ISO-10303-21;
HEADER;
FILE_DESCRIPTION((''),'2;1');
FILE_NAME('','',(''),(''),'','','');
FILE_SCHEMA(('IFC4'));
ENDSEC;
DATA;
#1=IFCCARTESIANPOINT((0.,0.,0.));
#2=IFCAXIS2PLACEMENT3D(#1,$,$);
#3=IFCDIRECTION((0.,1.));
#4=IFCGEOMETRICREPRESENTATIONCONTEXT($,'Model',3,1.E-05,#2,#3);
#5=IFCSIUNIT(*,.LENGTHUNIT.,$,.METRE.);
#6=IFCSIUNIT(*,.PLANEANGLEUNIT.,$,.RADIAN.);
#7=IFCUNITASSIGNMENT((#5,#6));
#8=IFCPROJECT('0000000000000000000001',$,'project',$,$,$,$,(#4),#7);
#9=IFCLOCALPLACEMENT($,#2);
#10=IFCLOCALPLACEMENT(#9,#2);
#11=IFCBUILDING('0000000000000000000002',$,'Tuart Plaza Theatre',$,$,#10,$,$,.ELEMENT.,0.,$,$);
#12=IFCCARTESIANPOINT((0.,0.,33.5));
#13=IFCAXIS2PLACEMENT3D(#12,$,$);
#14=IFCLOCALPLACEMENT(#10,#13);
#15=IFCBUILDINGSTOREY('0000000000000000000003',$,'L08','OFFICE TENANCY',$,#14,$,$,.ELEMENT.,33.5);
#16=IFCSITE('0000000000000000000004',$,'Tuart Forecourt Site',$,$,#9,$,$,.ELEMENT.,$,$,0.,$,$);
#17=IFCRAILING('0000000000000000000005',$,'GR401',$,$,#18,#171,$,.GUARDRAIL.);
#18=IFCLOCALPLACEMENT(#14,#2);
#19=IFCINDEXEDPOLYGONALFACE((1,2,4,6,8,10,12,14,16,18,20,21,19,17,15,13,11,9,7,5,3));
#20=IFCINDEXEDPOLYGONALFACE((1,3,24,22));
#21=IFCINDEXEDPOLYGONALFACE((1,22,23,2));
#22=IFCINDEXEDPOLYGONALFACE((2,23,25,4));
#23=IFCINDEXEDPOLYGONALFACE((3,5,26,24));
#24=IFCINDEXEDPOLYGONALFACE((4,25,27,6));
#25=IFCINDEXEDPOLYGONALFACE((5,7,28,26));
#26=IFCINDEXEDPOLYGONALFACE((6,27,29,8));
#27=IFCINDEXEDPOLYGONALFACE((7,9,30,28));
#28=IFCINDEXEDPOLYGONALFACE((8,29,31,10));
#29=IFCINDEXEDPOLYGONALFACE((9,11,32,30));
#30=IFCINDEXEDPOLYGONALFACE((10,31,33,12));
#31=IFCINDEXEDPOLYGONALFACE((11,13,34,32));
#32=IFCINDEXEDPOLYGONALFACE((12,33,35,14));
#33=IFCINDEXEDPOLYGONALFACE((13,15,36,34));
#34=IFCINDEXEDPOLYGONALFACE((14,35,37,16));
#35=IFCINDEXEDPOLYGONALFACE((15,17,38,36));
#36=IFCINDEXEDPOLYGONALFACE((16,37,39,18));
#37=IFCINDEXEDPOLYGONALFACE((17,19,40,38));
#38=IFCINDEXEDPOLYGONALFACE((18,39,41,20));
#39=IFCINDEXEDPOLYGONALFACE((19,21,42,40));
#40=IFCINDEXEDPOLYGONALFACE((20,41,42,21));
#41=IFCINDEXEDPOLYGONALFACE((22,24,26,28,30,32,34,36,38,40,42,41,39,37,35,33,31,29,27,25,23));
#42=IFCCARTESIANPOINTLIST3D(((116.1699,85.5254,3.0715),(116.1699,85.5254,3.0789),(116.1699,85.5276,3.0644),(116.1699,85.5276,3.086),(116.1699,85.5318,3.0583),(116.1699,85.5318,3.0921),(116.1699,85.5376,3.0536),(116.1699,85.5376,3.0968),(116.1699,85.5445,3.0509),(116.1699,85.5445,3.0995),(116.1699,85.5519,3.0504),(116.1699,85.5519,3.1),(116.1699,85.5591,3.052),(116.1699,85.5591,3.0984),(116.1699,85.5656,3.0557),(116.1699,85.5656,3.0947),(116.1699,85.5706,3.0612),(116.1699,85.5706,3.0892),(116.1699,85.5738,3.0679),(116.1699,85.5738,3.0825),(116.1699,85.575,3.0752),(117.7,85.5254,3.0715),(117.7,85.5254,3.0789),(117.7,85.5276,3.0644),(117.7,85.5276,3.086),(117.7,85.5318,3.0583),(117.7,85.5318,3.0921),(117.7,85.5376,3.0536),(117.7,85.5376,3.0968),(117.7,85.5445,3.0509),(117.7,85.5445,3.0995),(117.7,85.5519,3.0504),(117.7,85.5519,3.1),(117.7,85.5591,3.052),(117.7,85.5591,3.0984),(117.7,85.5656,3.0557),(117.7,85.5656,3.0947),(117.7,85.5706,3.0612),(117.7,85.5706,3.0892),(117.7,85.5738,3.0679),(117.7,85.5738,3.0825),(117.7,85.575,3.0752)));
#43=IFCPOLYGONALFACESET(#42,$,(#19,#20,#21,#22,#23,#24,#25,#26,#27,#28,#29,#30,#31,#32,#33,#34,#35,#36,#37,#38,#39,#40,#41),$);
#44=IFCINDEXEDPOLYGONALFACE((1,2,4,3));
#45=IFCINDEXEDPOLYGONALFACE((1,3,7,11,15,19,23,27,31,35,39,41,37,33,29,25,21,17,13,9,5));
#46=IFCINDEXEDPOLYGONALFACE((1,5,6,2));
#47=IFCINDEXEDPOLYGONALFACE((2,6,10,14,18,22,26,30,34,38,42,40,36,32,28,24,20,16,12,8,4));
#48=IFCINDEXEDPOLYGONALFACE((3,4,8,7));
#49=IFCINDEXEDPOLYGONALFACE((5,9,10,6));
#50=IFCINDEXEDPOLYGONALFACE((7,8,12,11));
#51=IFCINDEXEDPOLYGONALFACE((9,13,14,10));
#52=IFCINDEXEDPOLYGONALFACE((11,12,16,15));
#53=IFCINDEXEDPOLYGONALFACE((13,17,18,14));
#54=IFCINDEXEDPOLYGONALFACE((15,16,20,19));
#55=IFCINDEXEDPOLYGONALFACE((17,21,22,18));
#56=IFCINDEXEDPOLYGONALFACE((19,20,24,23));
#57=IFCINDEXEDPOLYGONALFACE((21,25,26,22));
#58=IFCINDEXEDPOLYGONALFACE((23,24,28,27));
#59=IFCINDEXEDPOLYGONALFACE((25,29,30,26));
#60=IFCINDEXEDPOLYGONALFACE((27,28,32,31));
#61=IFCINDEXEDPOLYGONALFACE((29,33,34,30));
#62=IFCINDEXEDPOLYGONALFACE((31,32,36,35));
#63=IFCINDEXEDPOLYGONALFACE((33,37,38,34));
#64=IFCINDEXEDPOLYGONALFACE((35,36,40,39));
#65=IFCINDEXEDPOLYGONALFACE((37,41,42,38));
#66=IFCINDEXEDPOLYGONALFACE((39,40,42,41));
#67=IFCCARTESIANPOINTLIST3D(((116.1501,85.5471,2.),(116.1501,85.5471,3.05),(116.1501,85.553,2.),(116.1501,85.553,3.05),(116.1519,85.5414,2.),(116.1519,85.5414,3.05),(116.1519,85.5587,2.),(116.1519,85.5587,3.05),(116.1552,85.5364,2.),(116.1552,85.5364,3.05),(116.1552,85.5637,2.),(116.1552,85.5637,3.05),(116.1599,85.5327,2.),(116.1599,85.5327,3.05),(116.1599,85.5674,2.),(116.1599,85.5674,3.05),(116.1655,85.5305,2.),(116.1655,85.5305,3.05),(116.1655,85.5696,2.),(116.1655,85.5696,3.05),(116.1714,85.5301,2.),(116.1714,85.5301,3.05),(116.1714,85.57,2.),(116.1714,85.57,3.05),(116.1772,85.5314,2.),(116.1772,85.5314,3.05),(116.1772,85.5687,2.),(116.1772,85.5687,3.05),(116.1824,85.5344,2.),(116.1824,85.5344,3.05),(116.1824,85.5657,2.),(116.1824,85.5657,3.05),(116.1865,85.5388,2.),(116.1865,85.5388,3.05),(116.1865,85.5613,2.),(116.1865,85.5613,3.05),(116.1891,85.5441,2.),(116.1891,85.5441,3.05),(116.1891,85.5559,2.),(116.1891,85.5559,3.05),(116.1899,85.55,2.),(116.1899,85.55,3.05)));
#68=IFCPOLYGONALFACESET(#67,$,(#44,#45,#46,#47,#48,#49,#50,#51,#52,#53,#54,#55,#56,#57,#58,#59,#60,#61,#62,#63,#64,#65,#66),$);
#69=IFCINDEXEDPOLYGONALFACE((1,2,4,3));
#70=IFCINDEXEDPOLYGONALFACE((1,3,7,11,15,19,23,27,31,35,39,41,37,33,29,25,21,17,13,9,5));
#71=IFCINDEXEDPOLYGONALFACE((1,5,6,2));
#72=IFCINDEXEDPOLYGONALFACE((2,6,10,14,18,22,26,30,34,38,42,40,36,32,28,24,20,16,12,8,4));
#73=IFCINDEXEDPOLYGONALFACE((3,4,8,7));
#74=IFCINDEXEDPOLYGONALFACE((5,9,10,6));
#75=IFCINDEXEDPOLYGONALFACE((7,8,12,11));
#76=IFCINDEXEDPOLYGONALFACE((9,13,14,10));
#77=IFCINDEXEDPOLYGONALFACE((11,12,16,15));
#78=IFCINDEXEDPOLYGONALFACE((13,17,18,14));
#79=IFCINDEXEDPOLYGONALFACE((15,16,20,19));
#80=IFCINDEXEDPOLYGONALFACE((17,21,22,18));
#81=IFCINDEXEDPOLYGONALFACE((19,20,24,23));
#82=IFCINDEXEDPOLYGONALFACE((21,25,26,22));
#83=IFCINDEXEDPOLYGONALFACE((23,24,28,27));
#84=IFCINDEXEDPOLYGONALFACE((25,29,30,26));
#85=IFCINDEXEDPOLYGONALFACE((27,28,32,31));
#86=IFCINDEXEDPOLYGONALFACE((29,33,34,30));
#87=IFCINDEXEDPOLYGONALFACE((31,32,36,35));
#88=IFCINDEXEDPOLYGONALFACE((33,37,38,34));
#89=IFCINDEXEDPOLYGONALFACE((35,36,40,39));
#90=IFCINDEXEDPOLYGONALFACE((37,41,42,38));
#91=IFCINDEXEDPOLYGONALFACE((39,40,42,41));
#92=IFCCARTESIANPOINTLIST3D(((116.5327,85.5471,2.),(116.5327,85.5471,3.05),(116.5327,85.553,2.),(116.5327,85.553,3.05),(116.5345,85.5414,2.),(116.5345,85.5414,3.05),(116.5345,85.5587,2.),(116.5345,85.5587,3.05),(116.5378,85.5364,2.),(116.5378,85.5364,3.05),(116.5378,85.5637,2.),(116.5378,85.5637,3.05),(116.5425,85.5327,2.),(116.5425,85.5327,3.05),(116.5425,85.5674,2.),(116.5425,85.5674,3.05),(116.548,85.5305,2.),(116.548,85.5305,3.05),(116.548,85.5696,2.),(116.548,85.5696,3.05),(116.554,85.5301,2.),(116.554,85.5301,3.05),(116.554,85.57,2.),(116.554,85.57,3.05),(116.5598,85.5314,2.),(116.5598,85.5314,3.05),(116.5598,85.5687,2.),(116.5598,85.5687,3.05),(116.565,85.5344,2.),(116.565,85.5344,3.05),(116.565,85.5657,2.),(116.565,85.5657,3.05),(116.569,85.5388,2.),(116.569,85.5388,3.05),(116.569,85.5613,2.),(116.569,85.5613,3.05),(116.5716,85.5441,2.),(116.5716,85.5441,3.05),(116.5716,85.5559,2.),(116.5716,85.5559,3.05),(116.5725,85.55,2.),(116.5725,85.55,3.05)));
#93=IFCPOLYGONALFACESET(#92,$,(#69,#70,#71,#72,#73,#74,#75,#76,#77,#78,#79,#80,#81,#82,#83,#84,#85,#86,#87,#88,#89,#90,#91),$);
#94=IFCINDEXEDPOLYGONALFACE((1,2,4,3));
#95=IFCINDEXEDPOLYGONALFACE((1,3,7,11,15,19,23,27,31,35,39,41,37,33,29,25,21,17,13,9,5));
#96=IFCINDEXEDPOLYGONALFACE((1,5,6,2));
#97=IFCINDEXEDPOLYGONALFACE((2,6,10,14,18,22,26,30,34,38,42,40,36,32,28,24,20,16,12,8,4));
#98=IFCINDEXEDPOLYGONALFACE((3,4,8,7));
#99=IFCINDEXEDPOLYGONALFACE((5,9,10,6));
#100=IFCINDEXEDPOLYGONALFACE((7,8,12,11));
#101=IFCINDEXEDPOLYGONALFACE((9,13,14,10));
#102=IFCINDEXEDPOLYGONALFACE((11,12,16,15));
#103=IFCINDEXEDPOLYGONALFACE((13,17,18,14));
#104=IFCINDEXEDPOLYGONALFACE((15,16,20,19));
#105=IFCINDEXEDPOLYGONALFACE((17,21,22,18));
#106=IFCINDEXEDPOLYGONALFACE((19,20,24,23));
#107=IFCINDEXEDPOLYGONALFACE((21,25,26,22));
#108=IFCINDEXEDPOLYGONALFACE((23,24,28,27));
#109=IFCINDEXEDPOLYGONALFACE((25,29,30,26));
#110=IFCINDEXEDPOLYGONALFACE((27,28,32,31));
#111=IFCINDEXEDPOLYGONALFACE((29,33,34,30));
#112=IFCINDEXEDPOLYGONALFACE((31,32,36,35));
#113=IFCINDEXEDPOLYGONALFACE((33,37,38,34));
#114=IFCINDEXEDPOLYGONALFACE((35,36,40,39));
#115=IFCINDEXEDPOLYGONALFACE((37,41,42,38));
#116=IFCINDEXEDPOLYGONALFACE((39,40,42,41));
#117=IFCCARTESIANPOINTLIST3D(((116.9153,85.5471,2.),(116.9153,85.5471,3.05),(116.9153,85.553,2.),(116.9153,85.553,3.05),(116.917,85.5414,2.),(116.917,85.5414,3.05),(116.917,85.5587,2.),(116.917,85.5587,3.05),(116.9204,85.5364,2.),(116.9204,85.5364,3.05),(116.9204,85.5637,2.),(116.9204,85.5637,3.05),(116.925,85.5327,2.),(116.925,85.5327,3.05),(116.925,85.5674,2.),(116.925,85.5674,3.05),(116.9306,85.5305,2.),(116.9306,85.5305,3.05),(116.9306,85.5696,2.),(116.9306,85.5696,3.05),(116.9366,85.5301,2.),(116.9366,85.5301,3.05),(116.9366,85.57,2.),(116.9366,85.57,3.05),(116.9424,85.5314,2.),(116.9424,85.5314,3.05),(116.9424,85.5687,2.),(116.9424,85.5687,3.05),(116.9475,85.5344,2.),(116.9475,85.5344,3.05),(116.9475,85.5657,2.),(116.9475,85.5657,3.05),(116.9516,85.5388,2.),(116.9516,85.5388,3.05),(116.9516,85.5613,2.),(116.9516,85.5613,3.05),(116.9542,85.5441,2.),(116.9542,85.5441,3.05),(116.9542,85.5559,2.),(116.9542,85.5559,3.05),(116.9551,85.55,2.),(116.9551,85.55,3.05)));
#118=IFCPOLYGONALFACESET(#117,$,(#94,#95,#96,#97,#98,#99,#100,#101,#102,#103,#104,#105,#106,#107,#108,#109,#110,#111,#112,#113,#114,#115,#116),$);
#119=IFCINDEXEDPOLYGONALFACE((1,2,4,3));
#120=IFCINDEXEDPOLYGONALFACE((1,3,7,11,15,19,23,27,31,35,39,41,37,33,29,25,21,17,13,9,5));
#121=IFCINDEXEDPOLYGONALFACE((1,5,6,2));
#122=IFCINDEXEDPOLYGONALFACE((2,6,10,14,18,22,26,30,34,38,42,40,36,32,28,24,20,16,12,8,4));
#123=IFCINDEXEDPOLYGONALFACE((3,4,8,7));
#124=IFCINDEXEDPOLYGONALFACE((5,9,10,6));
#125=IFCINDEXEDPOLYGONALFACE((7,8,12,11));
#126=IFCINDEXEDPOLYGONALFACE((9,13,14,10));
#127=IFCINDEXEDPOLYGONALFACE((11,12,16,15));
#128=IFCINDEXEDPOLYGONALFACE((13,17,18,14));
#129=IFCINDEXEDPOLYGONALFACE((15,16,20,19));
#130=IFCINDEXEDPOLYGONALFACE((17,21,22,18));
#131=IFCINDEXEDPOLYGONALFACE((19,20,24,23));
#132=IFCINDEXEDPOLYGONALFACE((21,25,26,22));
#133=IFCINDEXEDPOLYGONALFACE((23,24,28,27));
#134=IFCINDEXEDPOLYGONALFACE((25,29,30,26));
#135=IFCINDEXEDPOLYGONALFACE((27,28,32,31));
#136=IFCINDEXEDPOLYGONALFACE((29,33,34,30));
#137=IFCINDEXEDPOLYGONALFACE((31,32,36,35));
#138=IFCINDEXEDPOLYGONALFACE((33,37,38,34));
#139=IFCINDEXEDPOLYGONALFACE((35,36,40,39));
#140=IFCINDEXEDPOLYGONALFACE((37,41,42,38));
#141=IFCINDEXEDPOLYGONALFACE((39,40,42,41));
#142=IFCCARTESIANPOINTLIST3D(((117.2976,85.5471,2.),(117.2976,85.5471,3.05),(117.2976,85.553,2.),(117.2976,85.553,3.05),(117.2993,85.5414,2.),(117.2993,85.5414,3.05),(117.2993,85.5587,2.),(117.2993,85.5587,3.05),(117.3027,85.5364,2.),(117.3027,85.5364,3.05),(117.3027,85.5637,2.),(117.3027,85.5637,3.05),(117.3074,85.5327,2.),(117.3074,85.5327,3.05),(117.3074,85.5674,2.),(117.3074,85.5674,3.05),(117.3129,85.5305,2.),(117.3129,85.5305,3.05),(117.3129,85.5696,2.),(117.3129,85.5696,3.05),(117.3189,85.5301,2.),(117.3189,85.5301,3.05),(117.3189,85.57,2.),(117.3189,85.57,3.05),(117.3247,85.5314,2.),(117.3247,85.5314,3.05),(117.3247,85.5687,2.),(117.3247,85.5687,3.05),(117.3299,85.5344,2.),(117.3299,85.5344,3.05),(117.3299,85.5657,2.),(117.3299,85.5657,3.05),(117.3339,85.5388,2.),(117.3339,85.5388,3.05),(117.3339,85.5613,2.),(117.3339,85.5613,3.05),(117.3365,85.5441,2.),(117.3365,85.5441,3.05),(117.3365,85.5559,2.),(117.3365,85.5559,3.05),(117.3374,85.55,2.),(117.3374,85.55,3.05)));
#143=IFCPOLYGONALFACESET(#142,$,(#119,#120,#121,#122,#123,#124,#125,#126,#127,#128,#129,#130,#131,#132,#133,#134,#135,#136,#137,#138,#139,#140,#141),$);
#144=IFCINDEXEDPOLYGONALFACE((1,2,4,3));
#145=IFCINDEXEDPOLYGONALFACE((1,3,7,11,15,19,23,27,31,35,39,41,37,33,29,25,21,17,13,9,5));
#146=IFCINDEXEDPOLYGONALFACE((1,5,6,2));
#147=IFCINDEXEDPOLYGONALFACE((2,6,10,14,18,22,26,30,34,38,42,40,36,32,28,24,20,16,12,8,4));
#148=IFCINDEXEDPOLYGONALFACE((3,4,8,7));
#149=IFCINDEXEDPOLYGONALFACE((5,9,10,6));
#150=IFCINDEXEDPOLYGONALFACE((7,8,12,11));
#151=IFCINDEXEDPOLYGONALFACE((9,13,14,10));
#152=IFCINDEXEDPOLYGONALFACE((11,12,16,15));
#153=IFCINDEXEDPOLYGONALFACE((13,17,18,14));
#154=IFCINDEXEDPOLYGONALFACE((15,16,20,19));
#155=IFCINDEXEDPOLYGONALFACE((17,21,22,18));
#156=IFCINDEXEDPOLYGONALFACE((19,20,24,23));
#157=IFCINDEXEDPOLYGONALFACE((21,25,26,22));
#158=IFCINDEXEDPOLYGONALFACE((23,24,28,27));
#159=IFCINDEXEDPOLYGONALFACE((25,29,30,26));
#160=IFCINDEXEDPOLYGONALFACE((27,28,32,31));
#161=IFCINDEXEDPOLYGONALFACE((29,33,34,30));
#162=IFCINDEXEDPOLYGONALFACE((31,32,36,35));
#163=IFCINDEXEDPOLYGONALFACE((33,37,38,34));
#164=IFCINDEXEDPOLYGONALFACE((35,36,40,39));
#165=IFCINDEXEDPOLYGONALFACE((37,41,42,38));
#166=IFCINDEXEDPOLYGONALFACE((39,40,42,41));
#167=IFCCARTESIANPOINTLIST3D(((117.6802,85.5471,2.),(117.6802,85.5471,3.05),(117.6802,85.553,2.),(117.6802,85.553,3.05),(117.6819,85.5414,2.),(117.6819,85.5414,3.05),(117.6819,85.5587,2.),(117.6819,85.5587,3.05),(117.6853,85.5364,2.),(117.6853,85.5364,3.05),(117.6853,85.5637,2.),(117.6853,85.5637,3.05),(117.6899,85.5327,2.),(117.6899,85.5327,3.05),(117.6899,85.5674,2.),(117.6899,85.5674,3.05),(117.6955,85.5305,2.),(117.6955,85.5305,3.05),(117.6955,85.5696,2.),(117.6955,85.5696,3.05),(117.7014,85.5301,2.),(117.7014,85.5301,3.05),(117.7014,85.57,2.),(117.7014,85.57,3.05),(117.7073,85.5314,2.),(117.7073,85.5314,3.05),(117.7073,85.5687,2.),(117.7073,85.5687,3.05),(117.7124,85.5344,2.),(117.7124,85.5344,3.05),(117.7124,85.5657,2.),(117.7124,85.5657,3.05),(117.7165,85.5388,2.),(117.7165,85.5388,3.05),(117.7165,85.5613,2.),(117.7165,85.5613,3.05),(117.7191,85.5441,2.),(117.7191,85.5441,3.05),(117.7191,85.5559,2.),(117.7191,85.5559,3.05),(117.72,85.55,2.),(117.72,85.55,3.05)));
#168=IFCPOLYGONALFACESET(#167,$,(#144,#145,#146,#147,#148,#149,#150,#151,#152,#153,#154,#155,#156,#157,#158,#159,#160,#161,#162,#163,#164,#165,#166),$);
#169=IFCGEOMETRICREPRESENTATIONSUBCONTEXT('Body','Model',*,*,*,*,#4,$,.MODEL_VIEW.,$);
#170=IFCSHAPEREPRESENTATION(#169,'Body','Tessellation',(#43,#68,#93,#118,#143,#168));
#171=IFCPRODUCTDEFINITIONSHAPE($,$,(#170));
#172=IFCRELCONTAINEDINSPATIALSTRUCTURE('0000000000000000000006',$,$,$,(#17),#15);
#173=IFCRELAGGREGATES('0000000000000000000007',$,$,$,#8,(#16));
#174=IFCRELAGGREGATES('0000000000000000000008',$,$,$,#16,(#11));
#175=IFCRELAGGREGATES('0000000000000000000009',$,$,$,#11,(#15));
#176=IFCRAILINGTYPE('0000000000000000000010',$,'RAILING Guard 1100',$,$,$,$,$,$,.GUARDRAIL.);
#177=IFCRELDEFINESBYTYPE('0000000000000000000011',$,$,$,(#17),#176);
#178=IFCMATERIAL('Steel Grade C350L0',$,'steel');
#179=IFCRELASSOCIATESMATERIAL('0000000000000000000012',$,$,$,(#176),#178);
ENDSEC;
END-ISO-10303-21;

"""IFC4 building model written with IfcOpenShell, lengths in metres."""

from ifc_helpers import new_model, si_unit, direction, frame, origin, origin_2d, place, context, subcontext, project, spatial, circle, extrude, material, type_object, element, save


model = new_model("IFC4")

# Units and contexts
model_context = context("Model", 3, precision=1e-05, world=origin(), true_north=direction((0.0, 1.0)))
body_context = subcontext(model_context, "Body", "Model", "MODEL_VIEW")
ifc_project = project(units=[si_unit("LENGTHUNIT", "METRE"), si_unit("PLANEANGLEUNIT", "RADIAN")], contexts=[model_context])

# Site, building, storey
site_placement = place(None, origin())
site = spatial("IfcSite", under=ifc_project, at=site_placement, Name="Tuart Forecourt Site", CompositionType="ELEMENT", RefElevation=0.0)
building_placement = place(site_placement, origin())
building = spatial("IfcBuilding", under=site, at=building_placement, Name="Tuart Plaza Theatre", CompositionType="ELEMENT", ElevationOfRefHeight=0.0)
storey_placement = place(building_placement, frame((0.0, 0.0, 33.5)))
storey = spatial("IfcBuildingStorey", under=building, at=storey_placement, Name="L08", Description="OFFICE TENANCY", CompositionType="ELEMENT", Elevation=33.5)

# Railing
ifc_material_1 = material(Name="Steel Grade C350L0", Category="steel")
railing_type_1 = type_object("IfcRailingType", Name="RAILING Guard 1100", PredefinedType="GUARDRAIL", material=ifc_material_1)
railing_1_placement = place(storey_placement, frame((116.1699, 85.55, 2.0)))
element("IfcRailing", 1, at=railing_1_placement, inside=storey, type_object=railing_type_1, Name="GR401", PredefinedType="GUARDRAIL", context=body_context, shape_type="SweptSolid", body=[
    extrude(circle(Radius=0.0249, at=origin_2d()), frame((0.0, 0.0, 1.0752), z_axis=(1.0, 0.0, 0.0), x_axis=(0.0, 1.0, 0.0)), (0.0, 0.0, 1.0), 1.53),
    extrude(circle(Radius=0.02, at=origin_2d()), origin(), (0.0, 0.0, 1.0), 1.05),
    extrude(circle(Radius=0.02, at=origin_2d()), frame((0.3826, 0.0, 0.0)), (0.0, 0.0, 1.0), 1.05),
    extrude(circle(Radius=0.02, at=origin_2d()), frame((0.7651, 0.0, 0.0)), (0.0, 0.0, 1.0), 1.05),
    extrude(circle(Radius=0.02, at=origin_2d()), frame((1.1475, 0.0, 0.0)), (0.0, 0.0, 1.0), 1.05),
    extrude(circle(Radius=0.02, at=origin_2d()), frame((1.53, 0.0, 0.0)), (0.0, 0.0, 1.0), 1.05),
])

save(model, "model.ifc")
